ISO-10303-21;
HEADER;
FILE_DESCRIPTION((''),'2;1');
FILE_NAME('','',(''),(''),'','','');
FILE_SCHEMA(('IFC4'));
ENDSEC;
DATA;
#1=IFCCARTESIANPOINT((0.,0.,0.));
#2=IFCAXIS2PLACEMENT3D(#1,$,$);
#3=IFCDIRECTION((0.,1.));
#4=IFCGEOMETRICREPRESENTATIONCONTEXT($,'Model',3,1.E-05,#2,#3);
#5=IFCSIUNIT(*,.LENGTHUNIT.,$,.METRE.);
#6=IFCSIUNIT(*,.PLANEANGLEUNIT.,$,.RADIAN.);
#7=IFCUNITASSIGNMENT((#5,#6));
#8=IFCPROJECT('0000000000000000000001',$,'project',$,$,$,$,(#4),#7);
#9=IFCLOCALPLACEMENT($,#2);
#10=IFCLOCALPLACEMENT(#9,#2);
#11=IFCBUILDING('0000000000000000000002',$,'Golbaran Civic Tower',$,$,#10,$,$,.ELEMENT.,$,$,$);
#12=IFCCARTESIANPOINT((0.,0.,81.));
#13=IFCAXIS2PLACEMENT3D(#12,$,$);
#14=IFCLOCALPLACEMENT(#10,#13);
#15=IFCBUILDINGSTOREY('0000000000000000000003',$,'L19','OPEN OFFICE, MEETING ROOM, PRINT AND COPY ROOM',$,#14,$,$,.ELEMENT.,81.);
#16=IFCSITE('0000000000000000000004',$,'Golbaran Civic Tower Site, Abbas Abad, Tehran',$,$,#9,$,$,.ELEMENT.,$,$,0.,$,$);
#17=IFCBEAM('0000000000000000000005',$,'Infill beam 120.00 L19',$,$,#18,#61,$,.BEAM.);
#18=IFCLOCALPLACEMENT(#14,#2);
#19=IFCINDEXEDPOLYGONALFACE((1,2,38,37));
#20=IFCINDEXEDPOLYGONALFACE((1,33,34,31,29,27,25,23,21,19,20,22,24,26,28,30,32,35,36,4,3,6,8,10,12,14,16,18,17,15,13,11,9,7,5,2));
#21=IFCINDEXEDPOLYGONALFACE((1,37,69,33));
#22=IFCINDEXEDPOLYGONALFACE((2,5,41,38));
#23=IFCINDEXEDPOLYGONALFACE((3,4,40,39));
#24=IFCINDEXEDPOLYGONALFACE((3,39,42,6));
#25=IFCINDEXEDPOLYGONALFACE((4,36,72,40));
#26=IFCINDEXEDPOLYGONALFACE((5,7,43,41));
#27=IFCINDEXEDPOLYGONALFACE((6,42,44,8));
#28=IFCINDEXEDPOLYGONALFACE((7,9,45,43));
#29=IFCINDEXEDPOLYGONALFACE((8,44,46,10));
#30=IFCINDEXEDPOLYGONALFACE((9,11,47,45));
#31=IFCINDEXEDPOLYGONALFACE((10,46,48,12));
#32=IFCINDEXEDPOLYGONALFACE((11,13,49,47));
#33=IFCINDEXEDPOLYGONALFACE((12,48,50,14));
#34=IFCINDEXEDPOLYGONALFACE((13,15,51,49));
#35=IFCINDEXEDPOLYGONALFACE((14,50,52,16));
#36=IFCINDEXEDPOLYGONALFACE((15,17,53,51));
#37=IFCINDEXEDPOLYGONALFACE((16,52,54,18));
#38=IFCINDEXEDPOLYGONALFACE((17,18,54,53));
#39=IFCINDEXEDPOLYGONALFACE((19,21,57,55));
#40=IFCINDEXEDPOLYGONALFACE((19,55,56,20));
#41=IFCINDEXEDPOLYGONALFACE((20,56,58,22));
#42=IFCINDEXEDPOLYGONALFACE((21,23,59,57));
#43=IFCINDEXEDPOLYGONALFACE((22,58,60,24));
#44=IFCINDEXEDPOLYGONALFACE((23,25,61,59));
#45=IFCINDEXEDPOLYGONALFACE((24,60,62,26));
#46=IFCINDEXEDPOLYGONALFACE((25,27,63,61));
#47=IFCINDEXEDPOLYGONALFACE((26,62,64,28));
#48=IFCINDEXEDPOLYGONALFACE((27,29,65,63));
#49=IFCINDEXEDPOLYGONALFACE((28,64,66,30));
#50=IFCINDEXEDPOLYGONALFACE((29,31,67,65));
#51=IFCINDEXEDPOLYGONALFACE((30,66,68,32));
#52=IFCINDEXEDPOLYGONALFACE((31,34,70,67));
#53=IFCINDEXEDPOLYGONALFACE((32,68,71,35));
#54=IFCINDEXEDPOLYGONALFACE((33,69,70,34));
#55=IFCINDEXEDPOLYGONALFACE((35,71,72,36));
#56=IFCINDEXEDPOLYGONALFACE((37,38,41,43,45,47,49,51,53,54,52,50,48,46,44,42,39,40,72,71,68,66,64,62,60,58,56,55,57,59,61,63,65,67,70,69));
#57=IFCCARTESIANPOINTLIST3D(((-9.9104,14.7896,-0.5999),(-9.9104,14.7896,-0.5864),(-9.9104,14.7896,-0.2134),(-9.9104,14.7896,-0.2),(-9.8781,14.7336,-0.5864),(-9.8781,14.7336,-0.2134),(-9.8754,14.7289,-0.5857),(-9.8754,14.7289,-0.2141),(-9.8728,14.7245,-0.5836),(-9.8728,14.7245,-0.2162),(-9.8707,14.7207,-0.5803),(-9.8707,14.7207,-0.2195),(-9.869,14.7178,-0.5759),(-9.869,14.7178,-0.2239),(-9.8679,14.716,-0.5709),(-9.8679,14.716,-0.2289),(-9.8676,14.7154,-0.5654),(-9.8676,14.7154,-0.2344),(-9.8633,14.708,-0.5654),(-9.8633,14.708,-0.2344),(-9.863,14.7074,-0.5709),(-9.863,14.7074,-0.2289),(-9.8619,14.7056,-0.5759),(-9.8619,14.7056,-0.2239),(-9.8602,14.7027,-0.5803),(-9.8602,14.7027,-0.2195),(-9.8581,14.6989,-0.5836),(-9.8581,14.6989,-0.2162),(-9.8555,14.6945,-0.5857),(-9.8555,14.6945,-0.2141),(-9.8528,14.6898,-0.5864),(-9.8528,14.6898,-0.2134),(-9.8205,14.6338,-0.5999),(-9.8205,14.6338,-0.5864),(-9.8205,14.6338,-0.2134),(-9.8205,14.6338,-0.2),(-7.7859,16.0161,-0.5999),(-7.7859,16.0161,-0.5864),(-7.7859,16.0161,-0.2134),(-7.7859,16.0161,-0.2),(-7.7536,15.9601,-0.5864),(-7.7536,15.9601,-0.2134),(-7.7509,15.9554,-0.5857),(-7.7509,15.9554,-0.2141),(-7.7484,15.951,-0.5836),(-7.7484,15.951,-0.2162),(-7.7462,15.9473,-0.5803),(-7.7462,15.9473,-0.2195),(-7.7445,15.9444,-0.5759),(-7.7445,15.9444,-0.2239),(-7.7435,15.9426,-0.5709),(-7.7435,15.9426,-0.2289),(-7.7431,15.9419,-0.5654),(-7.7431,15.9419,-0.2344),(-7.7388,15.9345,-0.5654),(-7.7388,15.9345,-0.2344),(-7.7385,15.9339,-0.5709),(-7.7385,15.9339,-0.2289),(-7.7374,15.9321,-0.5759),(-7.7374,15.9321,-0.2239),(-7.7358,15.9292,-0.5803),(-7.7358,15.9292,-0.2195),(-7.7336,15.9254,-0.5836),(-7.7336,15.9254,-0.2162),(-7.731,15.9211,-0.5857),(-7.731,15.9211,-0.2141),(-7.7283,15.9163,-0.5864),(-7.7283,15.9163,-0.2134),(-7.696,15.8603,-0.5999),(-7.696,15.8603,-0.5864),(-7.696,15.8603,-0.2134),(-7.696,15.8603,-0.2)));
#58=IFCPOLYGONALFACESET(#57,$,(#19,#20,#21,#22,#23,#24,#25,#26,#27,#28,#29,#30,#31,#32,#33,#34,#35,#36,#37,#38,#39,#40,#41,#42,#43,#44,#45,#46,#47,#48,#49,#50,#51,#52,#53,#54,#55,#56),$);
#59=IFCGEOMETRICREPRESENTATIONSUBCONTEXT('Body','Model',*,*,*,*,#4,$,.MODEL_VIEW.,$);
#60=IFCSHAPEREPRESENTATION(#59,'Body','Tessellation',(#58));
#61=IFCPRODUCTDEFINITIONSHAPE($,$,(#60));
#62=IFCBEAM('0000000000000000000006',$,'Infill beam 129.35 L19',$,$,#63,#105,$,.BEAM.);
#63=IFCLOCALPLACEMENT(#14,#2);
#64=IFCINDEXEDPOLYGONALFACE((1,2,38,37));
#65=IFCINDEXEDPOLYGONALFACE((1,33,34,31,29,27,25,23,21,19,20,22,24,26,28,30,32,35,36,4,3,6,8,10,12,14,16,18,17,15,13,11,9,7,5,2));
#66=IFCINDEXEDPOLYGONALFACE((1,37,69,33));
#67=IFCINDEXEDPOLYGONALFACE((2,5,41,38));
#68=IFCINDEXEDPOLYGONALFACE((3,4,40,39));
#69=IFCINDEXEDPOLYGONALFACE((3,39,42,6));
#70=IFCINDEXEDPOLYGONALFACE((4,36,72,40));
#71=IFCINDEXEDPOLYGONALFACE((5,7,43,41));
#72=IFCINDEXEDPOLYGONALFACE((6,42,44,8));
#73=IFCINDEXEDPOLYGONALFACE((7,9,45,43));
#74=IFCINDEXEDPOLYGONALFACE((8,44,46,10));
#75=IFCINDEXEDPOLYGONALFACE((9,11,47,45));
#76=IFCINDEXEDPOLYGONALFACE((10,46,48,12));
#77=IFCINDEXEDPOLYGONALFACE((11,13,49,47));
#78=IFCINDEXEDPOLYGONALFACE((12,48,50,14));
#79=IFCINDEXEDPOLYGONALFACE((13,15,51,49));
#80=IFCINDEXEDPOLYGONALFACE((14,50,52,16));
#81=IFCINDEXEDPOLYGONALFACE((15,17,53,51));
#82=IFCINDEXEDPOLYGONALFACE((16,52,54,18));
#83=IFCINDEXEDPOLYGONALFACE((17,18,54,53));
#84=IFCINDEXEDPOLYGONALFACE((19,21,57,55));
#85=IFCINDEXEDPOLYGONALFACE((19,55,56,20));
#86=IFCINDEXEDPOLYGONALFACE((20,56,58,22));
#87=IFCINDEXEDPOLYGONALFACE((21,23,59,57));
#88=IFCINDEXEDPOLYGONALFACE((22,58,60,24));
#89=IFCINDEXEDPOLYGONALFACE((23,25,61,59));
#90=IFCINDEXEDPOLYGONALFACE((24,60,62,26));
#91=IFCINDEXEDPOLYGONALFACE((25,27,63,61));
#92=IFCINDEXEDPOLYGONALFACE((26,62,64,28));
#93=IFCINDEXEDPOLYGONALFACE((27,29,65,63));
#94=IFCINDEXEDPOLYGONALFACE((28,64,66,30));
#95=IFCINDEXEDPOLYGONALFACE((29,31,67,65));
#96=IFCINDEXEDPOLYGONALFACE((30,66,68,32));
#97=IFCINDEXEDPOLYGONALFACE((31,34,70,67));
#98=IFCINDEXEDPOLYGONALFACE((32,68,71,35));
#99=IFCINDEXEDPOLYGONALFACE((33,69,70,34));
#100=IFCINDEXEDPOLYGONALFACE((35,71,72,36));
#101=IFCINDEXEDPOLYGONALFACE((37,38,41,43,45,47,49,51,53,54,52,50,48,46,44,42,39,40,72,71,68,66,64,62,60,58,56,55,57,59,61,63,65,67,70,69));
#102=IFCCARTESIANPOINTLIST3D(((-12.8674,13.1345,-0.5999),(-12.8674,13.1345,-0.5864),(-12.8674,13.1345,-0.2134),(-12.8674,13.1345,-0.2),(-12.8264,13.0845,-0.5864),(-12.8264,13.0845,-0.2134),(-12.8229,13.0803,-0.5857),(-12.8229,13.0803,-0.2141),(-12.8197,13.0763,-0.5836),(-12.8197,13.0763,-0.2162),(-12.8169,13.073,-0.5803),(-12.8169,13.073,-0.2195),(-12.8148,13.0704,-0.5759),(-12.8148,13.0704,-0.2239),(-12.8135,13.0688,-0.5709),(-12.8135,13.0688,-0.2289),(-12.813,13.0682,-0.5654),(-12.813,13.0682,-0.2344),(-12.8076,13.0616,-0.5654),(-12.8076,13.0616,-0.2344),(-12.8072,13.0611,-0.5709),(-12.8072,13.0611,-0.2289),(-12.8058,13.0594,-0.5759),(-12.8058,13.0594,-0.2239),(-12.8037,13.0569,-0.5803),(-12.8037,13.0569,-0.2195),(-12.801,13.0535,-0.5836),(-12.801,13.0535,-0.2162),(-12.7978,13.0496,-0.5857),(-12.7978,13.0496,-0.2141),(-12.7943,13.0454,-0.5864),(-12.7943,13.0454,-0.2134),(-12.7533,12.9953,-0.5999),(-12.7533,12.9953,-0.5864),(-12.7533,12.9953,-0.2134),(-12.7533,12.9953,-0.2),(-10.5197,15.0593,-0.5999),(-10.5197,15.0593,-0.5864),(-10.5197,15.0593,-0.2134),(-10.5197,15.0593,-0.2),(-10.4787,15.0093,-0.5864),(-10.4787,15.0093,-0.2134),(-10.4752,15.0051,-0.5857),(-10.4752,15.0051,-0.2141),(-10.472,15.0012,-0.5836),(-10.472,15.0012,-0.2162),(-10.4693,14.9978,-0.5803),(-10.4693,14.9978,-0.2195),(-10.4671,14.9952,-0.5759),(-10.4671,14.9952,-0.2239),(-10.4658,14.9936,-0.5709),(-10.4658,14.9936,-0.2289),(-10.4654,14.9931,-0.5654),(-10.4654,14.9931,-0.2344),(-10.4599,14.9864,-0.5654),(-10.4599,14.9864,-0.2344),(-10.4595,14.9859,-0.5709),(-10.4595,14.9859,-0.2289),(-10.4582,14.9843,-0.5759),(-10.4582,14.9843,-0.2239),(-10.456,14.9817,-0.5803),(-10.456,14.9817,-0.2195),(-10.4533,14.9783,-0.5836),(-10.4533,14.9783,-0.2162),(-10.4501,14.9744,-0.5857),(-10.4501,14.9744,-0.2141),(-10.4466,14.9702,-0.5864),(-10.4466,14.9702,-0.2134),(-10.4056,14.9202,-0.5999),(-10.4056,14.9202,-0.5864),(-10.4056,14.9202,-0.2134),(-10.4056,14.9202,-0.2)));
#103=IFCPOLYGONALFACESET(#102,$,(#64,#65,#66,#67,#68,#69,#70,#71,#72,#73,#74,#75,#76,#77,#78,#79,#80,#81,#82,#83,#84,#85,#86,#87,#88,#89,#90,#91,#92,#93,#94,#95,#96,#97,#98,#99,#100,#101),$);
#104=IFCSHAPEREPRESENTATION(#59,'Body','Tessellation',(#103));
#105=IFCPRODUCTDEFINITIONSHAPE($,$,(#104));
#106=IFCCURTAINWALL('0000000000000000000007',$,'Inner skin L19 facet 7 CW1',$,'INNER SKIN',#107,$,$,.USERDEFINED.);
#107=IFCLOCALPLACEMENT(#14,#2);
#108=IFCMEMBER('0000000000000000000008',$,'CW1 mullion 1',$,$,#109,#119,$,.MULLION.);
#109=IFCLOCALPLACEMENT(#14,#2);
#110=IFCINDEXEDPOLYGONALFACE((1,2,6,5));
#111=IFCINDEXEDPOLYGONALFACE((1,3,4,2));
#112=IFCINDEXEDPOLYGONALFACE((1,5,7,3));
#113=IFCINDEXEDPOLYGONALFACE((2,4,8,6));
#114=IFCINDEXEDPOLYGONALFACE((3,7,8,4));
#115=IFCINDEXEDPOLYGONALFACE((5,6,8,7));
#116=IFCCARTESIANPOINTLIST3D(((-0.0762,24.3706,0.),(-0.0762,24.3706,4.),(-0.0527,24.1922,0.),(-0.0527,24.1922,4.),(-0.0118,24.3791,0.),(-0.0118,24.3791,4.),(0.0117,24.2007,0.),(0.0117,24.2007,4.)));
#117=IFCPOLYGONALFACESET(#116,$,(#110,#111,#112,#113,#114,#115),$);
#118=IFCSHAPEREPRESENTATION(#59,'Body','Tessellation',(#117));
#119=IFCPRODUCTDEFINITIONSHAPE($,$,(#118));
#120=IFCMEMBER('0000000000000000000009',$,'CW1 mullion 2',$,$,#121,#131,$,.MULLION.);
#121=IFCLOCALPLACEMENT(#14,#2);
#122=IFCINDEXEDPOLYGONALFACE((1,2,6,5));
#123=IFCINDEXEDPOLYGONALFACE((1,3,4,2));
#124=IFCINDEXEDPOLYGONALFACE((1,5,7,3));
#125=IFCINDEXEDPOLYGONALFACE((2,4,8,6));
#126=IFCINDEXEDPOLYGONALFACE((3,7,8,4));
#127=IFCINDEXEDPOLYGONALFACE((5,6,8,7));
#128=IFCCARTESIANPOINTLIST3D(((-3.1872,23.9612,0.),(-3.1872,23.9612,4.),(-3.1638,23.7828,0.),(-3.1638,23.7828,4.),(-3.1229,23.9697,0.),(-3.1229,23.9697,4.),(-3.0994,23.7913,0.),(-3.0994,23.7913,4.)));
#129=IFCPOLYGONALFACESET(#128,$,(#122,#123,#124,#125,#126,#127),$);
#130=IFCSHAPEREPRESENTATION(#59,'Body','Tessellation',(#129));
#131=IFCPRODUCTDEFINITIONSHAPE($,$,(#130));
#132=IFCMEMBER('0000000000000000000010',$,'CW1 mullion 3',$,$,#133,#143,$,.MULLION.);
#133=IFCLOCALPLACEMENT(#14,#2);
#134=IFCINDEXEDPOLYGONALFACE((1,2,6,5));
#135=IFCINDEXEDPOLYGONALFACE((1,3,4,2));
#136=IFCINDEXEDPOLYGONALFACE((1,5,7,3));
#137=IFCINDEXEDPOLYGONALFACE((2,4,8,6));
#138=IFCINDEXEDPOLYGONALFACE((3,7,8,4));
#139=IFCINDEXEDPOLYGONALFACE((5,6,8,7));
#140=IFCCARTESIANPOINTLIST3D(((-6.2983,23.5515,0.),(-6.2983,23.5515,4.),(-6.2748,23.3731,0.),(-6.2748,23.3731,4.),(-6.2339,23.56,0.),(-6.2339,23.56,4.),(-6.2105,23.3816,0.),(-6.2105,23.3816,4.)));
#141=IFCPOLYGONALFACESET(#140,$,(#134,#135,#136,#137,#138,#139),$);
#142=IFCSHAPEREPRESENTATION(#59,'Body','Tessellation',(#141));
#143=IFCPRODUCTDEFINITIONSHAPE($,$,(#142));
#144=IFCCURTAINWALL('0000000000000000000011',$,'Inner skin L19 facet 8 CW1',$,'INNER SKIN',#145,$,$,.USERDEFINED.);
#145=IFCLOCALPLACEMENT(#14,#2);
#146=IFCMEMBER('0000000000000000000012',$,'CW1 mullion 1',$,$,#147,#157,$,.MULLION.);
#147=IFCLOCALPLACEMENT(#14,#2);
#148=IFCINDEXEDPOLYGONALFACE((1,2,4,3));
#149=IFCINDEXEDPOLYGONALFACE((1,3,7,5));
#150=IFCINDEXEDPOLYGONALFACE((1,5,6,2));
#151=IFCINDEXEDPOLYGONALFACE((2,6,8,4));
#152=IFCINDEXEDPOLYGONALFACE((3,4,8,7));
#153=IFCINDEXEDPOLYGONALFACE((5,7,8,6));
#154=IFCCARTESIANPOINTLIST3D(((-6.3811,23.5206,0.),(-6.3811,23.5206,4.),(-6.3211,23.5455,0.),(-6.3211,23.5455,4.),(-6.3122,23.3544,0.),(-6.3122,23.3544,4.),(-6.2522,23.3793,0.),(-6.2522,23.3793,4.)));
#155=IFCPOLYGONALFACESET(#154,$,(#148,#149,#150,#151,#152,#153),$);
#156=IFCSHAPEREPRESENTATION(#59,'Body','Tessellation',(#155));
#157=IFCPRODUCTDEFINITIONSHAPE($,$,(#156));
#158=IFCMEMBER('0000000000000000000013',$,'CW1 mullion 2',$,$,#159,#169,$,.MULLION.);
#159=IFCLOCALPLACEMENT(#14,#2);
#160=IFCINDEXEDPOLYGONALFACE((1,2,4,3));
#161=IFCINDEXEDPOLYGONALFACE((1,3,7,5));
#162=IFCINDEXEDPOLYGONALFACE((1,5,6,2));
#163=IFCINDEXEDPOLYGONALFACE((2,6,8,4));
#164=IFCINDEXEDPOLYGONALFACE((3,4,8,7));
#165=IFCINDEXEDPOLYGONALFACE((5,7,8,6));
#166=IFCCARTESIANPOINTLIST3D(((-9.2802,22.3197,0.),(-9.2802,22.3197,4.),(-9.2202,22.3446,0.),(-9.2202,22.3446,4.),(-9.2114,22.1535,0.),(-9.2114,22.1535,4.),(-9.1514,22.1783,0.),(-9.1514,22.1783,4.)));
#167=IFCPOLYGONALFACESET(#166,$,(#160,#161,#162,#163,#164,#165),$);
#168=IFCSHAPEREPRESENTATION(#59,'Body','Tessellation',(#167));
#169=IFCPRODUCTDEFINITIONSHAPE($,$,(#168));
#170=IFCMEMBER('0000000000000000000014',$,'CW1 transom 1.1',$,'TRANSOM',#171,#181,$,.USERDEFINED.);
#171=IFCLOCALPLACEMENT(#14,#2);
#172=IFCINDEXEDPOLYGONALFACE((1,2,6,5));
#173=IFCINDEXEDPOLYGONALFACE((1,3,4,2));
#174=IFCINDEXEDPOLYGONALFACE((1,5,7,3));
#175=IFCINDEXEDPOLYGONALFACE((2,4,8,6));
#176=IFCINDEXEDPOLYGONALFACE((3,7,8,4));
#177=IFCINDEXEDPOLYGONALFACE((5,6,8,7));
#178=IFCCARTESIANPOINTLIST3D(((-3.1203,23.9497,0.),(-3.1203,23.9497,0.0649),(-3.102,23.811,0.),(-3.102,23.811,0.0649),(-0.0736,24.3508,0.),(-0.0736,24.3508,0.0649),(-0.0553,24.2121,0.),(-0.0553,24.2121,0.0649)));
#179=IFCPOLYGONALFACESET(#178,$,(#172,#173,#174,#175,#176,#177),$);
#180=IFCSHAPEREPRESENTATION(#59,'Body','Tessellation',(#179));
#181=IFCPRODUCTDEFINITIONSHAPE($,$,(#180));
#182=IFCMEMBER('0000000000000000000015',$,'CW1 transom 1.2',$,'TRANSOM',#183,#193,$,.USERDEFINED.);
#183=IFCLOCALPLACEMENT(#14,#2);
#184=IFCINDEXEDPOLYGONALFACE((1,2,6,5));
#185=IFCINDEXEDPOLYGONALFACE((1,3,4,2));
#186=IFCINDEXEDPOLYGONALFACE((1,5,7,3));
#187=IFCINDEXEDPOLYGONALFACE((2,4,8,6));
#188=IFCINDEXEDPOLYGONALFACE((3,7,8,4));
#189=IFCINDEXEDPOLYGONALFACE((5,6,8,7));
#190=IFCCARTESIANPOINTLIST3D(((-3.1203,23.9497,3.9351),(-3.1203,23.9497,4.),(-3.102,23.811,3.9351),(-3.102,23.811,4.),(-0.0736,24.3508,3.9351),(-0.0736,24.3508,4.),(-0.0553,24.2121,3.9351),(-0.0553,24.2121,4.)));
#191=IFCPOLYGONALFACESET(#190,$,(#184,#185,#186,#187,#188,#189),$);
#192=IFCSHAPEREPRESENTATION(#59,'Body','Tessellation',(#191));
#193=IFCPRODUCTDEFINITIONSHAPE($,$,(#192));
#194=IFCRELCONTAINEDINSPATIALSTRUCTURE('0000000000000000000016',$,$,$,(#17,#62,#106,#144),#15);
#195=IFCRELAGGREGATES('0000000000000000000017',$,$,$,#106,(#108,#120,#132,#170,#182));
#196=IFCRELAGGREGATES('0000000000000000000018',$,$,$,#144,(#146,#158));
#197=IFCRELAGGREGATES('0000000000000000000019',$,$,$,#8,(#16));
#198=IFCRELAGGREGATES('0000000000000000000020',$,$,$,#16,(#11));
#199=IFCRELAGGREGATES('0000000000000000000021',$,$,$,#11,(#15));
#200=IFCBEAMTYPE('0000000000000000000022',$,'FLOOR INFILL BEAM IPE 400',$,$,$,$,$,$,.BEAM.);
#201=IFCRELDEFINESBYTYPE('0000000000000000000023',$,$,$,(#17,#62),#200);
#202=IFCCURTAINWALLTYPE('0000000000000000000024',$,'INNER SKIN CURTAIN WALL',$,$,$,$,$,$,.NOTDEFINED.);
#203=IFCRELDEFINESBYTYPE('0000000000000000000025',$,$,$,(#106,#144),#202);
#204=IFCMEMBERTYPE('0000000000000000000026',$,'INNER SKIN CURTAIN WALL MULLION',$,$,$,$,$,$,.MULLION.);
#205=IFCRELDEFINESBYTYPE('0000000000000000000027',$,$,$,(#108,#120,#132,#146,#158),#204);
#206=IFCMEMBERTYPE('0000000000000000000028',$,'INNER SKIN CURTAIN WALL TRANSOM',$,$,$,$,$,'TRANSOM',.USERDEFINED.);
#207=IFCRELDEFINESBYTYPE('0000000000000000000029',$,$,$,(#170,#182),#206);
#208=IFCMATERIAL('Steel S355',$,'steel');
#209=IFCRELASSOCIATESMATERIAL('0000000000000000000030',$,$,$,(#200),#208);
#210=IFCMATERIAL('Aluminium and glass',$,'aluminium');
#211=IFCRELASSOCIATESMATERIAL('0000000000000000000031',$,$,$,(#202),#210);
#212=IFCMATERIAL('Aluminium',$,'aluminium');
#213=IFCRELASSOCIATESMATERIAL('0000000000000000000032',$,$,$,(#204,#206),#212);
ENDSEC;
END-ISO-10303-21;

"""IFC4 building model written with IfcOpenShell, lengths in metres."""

from ifc_helpers import new_model, si_unit, direction, frame, origin, origin_2d, place, context, subcontext, project, spatial, rectangle, i_section, extrude, material, material_profile, profile_set, type_object, element, aggregate, save


model = new_model("IFC4")

# Units and contexts
model_context = context("Model", 3, precision=1e-05, world=origin(), true_north=direction((0.0, 1.0)))
body_context = subcontext(model_context, "Body", "Model", "MODEL_VIEW")
ifc_project = project(units=[si_unit("LENGTHUNIT", "METRE"), si_unit("PLANEANGLEUNIT", "RADIAN")], contexts=[model_context])

# Site, building, storey
site_placement = place(None, origin())
site = spatial("IfcSite", under=ifc_project, at=site_placement, Name="Golbaran Civic Tower Site, Abbas Abad, Tehran", CompositionType="ELEMENT", RefElevation=0.0)
building_placement = place(site_placement, origin())
building = spatial("IfcBuilding", under=site, at=building_placement, Name="Golbaran Civic Tower", CompositionType="ELEMENT")
storey_placement = place(building_placement, frame((0.0, 0.0, 81.0)))
storey = spatial("IfcBuildingStorey", under=building, at=storey_placement, Name="L19", Description="OPEN OFFICE, MEETING ROOM, PRINT AND COPY ROOM", CompositionType="ELEMENT", Elevation=81.0)

# Beams
ifc_material_1 = material(Name="Steel S355", Category="steel")
ifc_material_profile_1 = material_profile(ifc_material_1, i_section(OverallWidth=0.1799, OverallDepth=0.3999, WebThickness=0.0085, FlangeThickness=0.0134, FilletRadius=0.021, at=origin_2d()), Name="IPE 400")
ifc_profile_set_1 = profile_set([ifc_material_profile_1], Name="Steel S355")
beam_type_1 = type_object("IfcBeamType", Name="FLOOR INFILL BEAM IPE 400", PredefinedType="BEAM", material=ifc_profile_set_1)
beam_1_placement = place(storey_placement, frame((-7.741, 15.9382, -0.3999), z_axis=(-0.86603, -0.499992, 0.0), x_axis=(0.499992, -0.86603, 0.0)))
element("IfcBeam", 1, at=beam_1_placement, inside=storey, type_object=beam_type_1, Name="Infill beam 120.00 L19", PredefinedType="BEAM", context=body_context, shape_type="SweptSolid", body=[
    extrude(i_section(OverallWidth=0.1799, OverallDepth=0.3999, WebThickness=0.0085, FlangeThickness=0.0134, FilletRadius=0.021, at=origin_2d()), origin(), (0.0, 0.0, 1.0), 2.4531),
])
beam_2_placement = place(storey_placement, frame((-10.4626, 14.9897, -0.3999), z_axis=(-0.773312, -0.634026, 0.0), x_axis=(0.634026, -0.773312, 0.0)))
element("IfcBeam", 2, at=beam_2_placement, inside=storey, type_object=beam_type_1, Name="Infill beam 129.35 L19", PredefinedType="BEAM", context=body_context, shape_type="SweptSolid", body=[
    extrude(i_section(OverallWidth=0.1799, OverallDepth=0.3999, WebThickness=0.0085, FlangeThickness=0.0134, FilletRadius=0.021, at=origin_2d()), origin(), (0.0, 0.0, 1.0), 3.0359),
])

# Curtain walls, members
ifc_material_2 = material(Name="Aluminium and glass", Category="aluminium")
curtain_wall_type = type_object("IfcCurtainWallType", Name="INNER SKIN CURTAIN WALL", PredefinedType="NOTDEFINED", material=ifc_material_2)
curtain_wall_1_placement = place(storey_placement, origin())
curtain_wall_1 = element("IfcCurtainWall", 3, at=curtain_wall_1_placement, inside=storey, type_object=curtain_wall_type, Name="Inner skin L19 facet 7 CW1", ObjectType="INNER SKIN", PredefinedType="USERDEFINED")
ifc_material_3 = material(Name="Aluminium", Category="aluminium")
ifc_material_profile_2 = material_profile(ifc_material_3, rectangle(XDim=0.1799, YDim=0.0649, at=origin_2d()), Name="INNER SKIN CURTAIN WALL MULLION")
ifc_profile_set_2 = profile_set([ifc_material_profile_2], Name="Aluminium")
member_type_1 = type_object("IfcMemberType", Name="INNER SKIN CURTAIN WALL MULLION", PredefinedType="MULLION", material=ifc_profile_set_2)
member_1_placement = place(storey_placement, frame((-0.0322, 24.2856, 0.0), z_axis=(0.0, 0.0, 1.0), x_axis=(0.130526, -0.991445, 0.0)))
member_1 = element("IfcMember", 4, at=member_1_placement, type_object=member_type_1, Name="CW1 mullion 1", PredefinedType="MULLION", context=body_context, shape_type="SweptSolid", body=[
    extrude(rectangle(XDim=0.1799, YDim=0.0649, at=origin_2d()), origin(), (0.0, 0.0, 1.0), 4.0),
])
member_2_placement = place(storey_placement, frame((-3.1433, 23.8762, 0.0), z_axis=(0.0, 0.0, 1.0), x_axis=(0.130526, -0.991445, 0.0)))
member_2 = element("IfcMember", 5, at=member_2_placement, type_object=member_type_1, Name="CW1 mullion 2", PredefinedType="MULLION", context=body_context, shape_type="SweptSolid", body=[
    extrude(rectangle(XDim=0.1799, YDim=0.0649, at=origin_2d()), origin(), (0.0, 0.0, 1.0), 4.0),
])
member_3_placement = place(storey_placement, frame((-6.2544, 23.4666, 0.0), z_axis=(0.0, 0.0, 1.0), x_axis=(0.130526, -0.991445, 0.0)))
member_3 = element("IfcMember", 6, at=member_3_placement, type_object=member_type_1, Name="CW1 mullion 3", PredefinedType="MULLION", context=body_context, shape_type="SweptSolid", body=[
    extrude(rectangle(XDim=0.1799, YDim=0.0649, at=origin_2d()), origin(), (0.0, 0.0, 1.0), 4.0),
])
curtain_wall_2_placement = place(storey_placement, origin())
curtain_wall_2 = element("IfcCurtainWall", 7, at=curtain_wall_2_placement, inside=storey, type_object=curtain_wall_type, Name="Inner skin L19 facet 8 CW1", ObjectType="INNER SKIN", PredefinedType="USERDEFINED")
member_4_placement = place(storey_placement, frame((-6.3167, 23.45, 0.0), z_axis=(0.0, 0.0, 1.0), x_axis=(0.382683, -0.92388, 0.0)))
member_4 = element("IfcMember", 8, at=member_4_placement, type_object=member_type_1, Name="CW1 mullion 1", PredefinedType="MULLION", context=body_context, shape_type="SweptSolid", body=[
    extrude(rectangle(XDim=0.1799, YDim=0.0649, at=origin_2d()), origin(), (0.0, 0.0, 1.0), 4.0),
])
member_5_placement = place(storey_placement, frame((-9.2158, 22.249, 0.0), z_axis=(0.0, 0.0, 1.0), x_axis=(0.382683, -0.92388, 0.0)))
member_5 = element("IfcMember", 9, at=member_5_placement, type_object=member_type_1, Name="CW1 mullion 2", PredefinedType="MULLION", context=body_context, shape_type="SweptSolid", body=[
    extrude(rectangle(XDim=0.1799, YDim=0.0649, at=origin_2d()), origin(), (0.0, 0.0, 1.0), 4.0),
])

# Members
ifc_material_profile_3 = material_profile(ifc_material_3, rectangle(XDim=0.1399, YDim=0.0649, at=origin_2d()), Name="INNER SKIN CURTAIN WALL TRANSOM")
ifc_profile_set_3 = profile_set([ifc_material_profile_3], Name="Aluminium")
member_type_2 = type_object("IfcMemberType", Name="INNER SKIN CURTAIN WALL TRANSOM", ElementType="TRANSOM", PredefinedType="USERDEFINED", material=ifc_profile_set_3)
member_6_placement = place(storey_placement, frame((-0.0645, 24.2815, 0.0325), z_axis=(-0.991444, -0.130535, 0.0), x_axis=(0.130535, -0.991444, 0.0)))
member_6 = element("IfcMember", 10, at=member_6_placement, type_object=member_type_2, Name="CW1 transom 1.1", ObjectType="TRANSOM", PredefinedType="USERDEFINED", context=body_context, shape_type="SweptSolid", body=[
    extrude(rectangle(XDim=0.1399, YDim=0.0649, at=origin_2d()), origin(), (0.0, 0.0, 1.0), 3.073),
])
member_7_placement = place(storey_placement, frame((-0.0645, 24.2815, 3.9675), z_axis=(-0.991444, -0.130535, 0.0), x_axis=(0.130535, -0.991444, 0.0)))
member_7 = element("IfcMember", 11, at=member_7_placement, type_object=member_type_2, Name="CW1 transom 1.2", ObjectType="TRANSOM", PredefinedType="USERDEFINED", context=body_context, shape_type="SweptSolid", body=[
    extrude(rectangle(XDim=0.1399, YDim=0.0649, at=origin_2d()), origin(), (0.0, 0.0, 1.0), 3.073),
])

aggregate(curtain_wall_1, [member_1, member_2, member_3, member_6, member_7])
aggregate(curtain_wall_2, [member_4, member_5])

save(model, "model.ifc")
